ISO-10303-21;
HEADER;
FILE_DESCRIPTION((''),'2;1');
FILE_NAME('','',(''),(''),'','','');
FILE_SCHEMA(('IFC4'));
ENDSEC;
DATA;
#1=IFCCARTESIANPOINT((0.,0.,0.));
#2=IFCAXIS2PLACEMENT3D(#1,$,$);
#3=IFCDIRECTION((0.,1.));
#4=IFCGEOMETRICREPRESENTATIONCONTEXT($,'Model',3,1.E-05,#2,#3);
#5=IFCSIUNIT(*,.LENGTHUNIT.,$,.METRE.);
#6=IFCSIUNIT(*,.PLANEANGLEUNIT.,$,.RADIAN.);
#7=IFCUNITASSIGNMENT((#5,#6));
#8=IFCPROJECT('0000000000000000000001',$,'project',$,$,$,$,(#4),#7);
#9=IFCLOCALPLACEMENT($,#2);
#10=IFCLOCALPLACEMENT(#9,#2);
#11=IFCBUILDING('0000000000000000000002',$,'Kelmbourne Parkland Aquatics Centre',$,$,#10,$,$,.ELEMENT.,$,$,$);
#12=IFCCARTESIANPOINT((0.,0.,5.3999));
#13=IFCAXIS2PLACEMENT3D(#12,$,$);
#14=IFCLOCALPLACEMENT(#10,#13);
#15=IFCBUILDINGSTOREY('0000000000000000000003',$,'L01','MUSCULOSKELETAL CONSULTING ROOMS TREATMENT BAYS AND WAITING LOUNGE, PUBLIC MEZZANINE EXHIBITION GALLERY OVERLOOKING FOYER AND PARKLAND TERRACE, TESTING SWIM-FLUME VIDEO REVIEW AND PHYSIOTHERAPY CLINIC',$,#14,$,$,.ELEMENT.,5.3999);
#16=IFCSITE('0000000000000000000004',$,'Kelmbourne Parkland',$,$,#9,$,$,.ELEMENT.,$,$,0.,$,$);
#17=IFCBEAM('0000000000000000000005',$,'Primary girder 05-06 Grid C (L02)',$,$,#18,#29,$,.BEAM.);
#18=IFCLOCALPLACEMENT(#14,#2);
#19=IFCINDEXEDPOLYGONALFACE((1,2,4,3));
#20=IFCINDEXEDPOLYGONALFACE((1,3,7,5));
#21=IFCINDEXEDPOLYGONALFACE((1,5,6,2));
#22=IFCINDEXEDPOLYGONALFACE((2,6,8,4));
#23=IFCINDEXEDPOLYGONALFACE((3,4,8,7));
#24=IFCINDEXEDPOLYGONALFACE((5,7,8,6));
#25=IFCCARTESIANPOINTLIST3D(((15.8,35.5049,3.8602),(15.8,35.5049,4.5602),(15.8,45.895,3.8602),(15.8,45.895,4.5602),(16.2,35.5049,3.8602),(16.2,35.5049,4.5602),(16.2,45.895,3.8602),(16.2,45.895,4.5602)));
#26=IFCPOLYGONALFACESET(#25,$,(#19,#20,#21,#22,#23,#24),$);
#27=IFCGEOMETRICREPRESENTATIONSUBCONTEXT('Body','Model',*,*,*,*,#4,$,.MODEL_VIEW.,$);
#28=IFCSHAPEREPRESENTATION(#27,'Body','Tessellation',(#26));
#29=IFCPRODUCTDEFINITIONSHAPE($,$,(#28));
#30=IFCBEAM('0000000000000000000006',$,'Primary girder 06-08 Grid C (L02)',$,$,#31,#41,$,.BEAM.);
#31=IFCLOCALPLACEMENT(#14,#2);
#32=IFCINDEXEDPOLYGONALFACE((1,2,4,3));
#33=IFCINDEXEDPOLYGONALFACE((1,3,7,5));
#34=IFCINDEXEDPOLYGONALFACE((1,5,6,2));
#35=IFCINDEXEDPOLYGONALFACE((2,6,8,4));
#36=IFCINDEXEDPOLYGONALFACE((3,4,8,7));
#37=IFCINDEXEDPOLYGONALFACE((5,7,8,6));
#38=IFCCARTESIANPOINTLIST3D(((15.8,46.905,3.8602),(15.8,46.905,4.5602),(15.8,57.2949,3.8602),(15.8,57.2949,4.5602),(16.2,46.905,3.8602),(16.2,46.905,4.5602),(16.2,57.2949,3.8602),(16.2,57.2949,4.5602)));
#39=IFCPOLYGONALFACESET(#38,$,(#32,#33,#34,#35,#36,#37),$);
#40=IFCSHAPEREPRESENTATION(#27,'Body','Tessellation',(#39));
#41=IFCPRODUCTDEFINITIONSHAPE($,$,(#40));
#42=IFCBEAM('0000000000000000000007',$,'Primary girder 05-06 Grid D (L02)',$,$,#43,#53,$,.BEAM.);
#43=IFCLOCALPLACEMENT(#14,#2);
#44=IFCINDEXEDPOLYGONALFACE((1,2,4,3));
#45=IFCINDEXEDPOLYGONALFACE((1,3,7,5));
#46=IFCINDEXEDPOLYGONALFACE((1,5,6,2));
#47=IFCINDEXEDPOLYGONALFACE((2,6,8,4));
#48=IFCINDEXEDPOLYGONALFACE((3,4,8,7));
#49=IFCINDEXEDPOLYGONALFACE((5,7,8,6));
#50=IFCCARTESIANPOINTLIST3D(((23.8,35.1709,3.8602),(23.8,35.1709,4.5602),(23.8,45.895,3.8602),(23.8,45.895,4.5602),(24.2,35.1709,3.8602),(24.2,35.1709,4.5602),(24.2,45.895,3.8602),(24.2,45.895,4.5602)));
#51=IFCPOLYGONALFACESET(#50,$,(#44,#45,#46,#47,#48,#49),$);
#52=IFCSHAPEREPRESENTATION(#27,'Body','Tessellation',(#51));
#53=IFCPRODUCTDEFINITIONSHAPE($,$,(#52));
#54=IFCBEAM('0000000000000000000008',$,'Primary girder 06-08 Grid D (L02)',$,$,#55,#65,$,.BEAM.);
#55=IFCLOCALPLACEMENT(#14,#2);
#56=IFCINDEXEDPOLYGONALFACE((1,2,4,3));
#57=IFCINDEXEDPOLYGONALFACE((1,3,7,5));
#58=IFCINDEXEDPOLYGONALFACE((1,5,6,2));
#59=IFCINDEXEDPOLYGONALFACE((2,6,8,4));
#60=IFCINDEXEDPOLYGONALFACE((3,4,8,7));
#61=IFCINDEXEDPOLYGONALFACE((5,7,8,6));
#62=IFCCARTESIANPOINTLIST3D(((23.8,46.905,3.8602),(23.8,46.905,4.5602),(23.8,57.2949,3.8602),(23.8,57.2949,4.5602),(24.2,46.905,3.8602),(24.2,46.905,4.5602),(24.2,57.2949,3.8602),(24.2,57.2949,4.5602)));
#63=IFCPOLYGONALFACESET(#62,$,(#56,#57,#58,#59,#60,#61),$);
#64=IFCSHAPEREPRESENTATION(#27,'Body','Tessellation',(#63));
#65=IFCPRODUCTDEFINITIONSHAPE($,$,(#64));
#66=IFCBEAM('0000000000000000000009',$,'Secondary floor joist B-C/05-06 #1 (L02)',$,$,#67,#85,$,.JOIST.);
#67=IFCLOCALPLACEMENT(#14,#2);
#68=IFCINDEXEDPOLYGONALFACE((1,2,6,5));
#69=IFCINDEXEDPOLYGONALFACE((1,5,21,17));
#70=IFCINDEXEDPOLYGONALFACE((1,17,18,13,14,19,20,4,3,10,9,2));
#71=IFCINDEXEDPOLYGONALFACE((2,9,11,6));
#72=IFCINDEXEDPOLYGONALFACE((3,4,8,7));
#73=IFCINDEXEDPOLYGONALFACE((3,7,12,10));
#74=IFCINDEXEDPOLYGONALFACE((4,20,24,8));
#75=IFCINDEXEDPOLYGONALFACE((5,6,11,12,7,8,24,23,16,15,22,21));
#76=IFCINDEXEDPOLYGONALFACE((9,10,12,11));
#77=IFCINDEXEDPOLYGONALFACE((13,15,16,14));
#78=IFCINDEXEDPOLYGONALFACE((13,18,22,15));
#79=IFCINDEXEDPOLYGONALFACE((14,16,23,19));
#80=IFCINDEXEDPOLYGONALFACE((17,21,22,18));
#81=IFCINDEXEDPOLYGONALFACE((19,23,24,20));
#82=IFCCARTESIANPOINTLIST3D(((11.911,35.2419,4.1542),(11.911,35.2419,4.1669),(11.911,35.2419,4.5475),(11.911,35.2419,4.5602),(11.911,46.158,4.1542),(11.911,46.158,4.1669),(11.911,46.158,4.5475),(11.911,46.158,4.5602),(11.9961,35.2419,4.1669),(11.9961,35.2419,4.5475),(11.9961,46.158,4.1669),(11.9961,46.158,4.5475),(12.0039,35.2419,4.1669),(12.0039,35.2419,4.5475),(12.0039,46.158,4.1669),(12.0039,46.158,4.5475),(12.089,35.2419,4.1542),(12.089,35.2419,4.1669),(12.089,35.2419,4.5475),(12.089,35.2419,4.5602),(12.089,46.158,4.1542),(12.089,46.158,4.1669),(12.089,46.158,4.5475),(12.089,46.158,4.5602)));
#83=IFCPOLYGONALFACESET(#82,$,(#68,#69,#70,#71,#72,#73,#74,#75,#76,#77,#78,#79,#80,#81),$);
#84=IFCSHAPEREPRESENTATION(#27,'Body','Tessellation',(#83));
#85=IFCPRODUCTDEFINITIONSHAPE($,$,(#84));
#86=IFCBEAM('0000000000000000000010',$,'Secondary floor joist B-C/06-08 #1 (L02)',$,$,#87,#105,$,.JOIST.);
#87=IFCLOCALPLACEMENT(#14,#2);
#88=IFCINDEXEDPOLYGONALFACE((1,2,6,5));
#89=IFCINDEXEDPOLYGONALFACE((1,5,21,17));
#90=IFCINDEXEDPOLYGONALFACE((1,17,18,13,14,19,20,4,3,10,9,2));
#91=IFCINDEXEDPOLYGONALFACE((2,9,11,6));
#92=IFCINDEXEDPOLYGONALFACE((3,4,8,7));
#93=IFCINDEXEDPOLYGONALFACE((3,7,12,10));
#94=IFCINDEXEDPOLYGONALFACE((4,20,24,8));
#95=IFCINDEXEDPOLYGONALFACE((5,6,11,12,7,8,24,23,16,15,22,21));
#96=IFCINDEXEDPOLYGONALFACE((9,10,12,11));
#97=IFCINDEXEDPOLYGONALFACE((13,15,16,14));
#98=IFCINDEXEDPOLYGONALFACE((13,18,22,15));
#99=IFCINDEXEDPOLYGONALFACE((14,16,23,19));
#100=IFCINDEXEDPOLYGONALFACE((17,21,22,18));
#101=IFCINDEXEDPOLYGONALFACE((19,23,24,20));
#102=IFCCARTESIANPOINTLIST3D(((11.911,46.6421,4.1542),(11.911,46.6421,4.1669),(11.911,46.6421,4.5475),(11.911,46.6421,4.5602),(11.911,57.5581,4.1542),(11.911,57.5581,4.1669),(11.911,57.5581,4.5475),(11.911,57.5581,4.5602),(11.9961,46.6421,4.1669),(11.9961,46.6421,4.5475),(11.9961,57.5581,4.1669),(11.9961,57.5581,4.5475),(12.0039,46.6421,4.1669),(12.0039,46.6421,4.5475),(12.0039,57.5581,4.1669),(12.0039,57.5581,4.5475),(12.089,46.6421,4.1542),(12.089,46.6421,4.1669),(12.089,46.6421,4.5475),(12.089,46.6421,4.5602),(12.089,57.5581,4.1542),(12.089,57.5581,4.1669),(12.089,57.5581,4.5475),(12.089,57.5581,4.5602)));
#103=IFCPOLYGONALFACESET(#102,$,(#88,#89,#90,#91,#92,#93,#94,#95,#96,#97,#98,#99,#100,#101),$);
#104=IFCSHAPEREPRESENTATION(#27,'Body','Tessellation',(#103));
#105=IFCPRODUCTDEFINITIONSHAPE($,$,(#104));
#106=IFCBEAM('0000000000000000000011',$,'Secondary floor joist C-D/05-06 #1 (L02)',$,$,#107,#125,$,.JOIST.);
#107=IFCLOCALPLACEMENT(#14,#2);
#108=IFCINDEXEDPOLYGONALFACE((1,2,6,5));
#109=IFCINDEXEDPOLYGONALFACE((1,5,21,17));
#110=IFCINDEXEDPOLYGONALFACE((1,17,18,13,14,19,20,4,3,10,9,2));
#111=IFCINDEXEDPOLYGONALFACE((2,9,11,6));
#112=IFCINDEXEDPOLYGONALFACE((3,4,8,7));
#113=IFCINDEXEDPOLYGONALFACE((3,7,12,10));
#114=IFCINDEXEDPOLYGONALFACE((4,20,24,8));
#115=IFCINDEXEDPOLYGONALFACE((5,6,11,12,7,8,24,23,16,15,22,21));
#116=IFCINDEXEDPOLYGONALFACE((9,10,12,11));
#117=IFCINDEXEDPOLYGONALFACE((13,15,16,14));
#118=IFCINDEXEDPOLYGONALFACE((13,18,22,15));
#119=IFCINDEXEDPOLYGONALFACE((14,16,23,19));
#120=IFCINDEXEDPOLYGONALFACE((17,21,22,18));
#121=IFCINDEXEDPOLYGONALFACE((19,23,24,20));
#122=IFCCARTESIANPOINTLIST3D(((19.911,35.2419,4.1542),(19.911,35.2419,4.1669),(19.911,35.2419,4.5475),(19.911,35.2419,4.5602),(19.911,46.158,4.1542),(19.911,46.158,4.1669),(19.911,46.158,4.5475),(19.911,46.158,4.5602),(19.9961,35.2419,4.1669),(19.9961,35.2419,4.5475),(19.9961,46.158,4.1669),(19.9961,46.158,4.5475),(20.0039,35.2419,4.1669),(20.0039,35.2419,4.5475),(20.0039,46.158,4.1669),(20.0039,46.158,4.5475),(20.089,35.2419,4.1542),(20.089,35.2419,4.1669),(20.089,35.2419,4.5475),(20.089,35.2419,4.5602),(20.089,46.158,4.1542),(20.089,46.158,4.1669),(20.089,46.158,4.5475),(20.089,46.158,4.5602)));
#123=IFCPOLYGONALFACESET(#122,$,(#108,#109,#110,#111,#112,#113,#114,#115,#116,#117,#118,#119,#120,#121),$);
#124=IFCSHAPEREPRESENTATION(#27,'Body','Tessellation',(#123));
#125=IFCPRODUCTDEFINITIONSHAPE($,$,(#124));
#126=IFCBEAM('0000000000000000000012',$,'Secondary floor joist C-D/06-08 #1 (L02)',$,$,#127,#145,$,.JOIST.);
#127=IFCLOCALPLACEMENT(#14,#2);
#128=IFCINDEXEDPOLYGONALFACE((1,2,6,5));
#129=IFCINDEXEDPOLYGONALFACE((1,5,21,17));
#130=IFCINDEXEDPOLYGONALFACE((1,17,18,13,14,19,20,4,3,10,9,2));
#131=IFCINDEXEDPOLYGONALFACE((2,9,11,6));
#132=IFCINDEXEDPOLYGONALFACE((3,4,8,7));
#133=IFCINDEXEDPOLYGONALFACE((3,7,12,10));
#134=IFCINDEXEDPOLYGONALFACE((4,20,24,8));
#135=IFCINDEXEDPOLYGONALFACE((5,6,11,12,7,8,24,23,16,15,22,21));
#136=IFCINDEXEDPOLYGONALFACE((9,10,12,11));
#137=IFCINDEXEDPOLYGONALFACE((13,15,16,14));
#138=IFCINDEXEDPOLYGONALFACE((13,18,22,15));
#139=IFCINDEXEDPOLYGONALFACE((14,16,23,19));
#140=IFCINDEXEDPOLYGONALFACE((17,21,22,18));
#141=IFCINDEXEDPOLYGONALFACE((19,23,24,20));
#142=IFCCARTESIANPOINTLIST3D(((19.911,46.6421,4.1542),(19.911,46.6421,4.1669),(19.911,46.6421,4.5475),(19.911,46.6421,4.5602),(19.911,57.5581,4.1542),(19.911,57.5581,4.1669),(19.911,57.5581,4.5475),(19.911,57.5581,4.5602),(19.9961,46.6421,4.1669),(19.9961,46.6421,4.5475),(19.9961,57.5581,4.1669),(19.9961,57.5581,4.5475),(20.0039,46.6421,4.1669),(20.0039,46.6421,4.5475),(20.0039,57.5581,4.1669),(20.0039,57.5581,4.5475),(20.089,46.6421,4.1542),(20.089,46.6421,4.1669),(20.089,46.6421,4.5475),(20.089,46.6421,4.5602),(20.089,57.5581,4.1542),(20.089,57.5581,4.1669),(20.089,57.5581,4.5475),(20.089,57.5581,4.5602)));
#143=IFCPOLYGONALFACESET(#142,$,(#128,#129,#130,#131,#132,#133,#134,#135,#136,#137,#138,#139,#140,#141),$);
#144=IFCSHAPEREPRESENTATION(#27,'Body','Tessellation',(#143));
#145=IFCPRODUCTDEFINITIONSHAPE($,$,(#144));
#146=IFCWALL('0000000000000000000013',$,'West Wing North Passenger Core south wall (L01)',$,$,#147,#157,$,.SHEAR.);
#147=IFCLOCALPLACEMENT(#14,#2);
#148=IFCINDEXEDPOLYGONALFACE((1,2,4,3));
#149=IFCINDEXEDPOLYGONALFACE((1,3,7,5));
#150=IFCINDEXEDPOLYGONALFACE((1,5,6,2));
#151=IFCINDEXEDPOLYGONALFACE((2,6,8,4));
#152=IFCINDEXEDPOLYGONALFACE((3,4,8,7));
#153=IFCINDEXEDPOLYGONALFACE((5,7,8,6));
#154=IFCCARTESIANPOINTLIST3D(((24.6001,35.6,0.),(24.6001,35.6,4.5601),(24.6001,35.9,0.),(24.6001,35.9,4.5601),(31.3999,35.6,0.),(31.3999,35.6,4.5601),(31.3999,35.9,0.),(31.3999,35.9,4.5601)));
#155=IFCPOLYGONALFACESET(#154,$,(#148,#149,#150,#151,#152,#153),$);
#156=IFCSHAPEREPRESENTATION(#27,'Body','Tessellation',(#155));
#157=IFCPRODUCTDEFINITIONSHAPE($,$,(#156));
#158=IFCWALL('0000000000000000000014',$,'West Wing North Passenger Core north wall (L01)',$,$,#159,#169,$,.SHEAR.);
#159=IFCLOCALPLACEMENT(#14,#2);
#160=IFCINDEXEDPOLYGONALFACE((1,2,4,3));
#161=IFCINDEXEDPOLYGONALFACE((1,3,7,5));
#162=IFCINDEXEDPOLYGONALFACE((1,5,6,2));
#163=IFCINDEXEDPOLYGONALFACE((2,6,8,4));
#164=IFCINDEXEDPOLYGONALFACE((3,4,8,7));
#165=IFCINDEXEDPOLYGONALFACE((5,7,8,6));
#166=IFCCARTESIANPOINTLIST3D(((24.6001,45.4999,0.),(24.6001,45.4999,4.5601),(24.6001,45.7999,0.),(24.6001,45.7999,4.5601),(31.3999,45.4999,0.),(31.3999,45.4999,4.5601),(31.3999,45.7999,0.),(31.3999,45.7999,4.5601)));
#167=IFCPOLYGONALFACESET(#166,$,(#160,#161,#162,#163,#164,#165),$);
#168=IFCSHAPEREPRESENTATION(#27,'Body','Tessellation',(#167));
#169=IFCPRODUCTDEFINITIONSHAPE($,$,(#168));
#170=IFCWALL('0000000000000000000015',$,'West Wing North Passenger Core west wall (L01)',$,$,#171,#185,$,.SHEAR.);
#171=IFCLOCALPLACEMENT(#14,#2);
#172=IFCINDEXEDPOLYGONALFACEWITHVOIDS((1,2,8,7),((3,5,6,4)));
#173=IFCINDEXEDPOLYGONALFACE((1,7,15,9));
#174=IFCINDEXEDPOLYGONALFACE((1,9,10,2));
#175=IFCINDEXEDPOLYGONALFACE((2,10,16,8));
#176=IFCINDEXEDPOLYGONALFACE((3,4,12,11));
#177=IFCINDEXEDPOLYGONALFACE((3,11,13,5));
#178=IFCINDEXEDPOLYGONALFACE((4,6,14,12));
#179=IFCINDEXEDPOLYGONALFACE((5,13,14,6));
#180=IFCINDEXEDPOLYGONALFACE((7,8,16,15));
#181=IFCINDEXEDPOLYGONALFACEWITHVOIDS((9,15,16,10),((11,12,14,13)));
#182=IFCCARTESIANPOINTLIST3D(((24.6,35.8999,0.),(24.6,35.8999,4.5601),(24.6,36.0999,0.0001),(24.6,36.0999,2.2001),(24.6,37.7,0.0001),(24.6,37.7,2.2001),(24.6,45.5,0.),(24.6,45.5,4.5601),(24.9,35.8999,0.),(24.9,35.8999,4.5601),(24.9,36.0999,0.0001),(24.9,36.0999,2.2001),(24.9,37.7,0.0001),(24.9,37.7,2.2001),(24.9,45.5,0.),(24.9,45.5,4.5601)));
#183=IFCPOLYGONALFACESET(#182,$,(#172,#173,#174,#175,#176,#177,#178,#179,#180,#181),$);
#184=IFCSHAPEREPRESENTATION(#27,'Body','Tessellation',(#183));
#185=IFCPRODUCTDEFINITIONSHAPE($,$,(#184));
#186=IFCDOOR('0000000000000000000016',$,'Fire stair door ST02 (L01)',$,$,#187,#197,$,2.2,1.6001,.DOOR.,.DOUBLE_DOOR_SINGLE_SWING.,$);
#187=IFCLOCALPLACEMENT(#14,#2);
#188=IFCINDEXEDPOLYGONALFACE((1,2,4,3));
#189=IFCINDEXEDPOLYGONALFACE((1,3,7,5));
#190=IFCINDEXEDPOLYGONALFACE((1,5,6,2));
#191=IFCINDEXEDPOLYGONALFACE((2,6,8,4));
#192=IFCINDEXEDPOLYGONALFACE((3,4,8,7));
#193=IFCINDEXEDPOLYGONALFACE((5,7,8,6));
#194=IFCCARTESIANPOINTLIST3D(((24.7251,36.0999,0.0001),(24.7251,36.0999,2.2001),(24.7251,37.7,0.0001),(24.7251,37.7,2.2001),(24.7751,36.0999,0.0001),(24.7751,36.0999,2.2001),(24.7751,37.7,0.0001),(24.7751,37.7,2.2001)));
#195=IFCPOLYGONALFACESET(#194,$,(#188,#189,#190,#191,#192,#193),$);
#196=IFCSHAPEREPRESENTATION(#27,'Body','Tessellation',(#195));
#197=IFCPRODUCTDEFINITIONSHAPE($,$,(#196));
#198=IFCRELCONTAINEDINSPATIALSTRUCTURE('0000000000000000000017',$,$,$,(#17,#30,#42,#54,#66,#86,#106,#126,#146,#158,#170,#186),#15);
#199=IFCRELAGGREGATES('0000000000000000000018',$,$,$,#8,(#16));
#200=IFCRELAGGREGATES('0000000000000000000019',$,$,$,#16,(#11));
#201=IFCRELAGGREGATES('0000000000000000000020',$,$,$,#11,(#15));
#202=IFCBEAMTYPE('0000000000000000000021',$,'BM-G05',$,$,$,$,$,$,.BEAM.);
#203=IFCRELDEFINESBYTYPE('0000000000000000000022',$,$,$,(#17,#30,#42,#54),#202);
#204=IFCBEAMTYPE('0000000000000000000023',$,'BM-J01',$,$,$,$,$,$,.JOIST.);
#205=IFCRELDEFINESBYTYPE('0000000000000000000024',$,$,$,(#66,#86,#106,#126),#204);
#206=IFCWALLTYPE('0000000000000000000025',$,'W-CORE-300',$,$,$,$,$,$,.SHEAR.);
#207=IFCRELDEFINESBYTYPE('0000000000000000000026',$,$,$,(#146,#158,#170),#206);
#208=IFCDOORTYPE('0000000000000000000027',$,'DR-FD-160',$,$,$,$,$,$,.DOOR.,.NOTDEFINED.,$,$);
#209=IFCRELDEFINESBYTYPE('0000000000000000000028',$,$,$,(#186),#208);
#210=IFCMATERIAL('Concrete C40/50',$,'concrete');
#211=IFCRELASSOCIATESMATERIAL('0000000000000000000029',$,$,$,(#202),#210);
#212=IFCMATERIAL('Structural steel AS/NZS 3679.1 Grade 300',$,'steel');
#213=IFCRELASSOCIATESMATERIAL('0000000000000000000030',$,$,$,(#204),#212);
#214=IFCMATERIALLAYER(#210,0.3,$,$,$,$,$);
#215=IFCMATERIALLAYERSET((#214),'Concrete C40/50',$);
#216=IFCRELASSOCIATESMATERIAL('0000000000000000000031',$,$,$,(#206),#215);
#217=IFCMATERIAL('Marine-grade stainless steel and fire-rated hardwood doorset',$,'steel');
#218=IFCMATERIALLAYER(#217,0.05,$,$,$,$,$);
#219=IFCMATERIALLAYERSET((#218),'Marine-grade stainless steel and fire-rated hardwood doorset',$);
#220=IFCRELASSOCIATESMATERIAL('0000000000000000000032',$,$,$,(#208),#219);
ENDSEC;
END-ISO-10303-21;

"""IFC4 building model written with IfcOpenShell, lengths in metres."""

from ifc_helpers import new_model, si_unit, direction, frame, frame_2d, origin, origin_2d, place, context, subcontext, project, spatial, rectangle, i_section, extrude, material, layer, layer_set, material_profile, profile_set, type_object, element, fill, save


model = new_model("IFC4")

# Units and contexts
model_context = context("Model", 3, precision=1e-05, world=origin(), true_north=direction((0.0, 1.0)))
body_context = subcontext(model_context, "Body", "Model", "MODEL_VIEW")
ifc_project = project(units=[si_unit("LENGTHUNIT", "METRE"), si_unit("PLANEANGLEUNIT", "RADIAN")], contexts=[model_context])

# Site, building, storey
site_placement = place(None, origin())
site = spatial("IfcSite", under=ifc_project, at=site_placement, Name="Kelmbourne Parkland", CompositionType="ELEMENT", RefElevation=0.0)
building_placement = place(site_placement, origin())
building = spatial("IfcBuilding", under=site, at=building_placement, Name="Kelmbourne Parkland Aquatics Centre", CompositionType="ELEMENT")
storey_placement = place(building_placement, frame((0.0, 0.0, 5.3999)))
storey = spatial("IfcBuildingStorey", under=building, at=storey_placement, Name="L01", Description="MUSCULOSKELETAL CONSULTING ROOMS TREATMENT BAYS AND WAITING LOUNGE, PUBLIC MEZZANINE EXHIBITION GALLERY OVERLOOKING FOYER AND PARKLAND TERRACE, TESTING SWIM-FLUME VIDEO REVIEW AND PHYSIOTHERAPY CLINIC", CompositionType="ELEMENT", Elevation=5.3999)

# Shared definitions
ifc_material_1 = material(Name="Concrete C40/50", Category="concrete")

# Beams
ifc_material_profile_1 = material_profile(ifc_material_1, rectangle(XDim=0.3999, YDim=0.7, at=origin_2d()), Name="RC 400x700")
ifc_profile_set_1 = profile_set([ifc_material_profile_1], Name="Concrete C40/50")
beam_type_1 = type_object("IfcBeamType", Name="BM-G05", PredefinedType="BEAM", material=ifc_profile_set_1)
beam_1_placement = place(storey_placement, frame((16.0, 35.5049, 4.2102), z_axis=(0.0, 1.0, 0.0), x_axis=(-1.0, 0.0, 0.0)))
element("IfcBeam", 1, at=beam_1_placement, inside=storey, type_object=beam_type_1, Name="Primary girder 05-06 Grid C (L02)", PredefinedType="BEAM", context=body_context, shape_type="SweptSolid", body=[
    extrude(rectangle(XDim=0.3999, YDim=0.7, at=origin_2d()), origin(), (0.0, 0.0, 1.0), 10.3901),
])
beam_2_placement = place(storey_placement, frame((16.0, 46.905, 4.2102), z_axis=(0.0, 1.0, 0.0), x_axis=(-1.0, 0.0, 0.0)))
element("IfcBeam", 2, at=beam_2_placement, inside=storey, type_object=beam_type_1, Name="Primary girder 06-08 Grid C (L02)", PredefinedType="BEAM", context=body_context, shape_type="SweptSolid", body=[
    extrude(rectangle(XDim=0.3999, YDim=0.7, at=origin_2d()), origin(), (0.0, 0.0, 1.0), 10.3899),
])
beam_3_placement = place(storey_placement, frame((24.0, 35.1709, 4.2102), z_axis=(0.0, 1.0, 0.0), x_axis=(-1.0, 0.0, 0.0)))
element("IfcBeam", 3, at=beam_3_placement, inside=storey, type_object=beam_type_1, Name="Primary girder 05-06 Grid D (L02)", PredefinedType="BEAM", context=body_context, shape_type="SweptSolid", body=[
    extrude(rectangle(XDim=0.3999, YDim=0.7, at=origin_2d()), origin(), (0.0, 0.0, 1.0), 10.7241),
])
beam_4_placement = place(storey_placement, frame((24.0, 46.905, 4.2102), z_axis=(0.0, 1.0, 0.0), x_axis=(-1.0, 0.0, 0.0)))
element("IfcBeam", 4, at=beam_4_placement, inside=storey, type_object=beam_type_1, Name="Primary girder 06-08 Grid D (L02)", PredefinedType="BEAM", context=body_context, shape_type="SweptSolid", body=[
    extrude(rectangle(XDim=0.3999, YDim=0.7, at=origin_2d()), origin(), (0.0, 0.0, 1.0), 10.3899),
])
ifc_material_2 = material(Name="Structural steel AS/NZS 3679.1 Grade 300", Category="steel")
ifc_material_profile_2 = material_profile(ifc_material_2, i_section(OverallWidth=0.178, OverallDepth=0.406, WebThickness=0.0078, FlangeThickness=0.0127, at=origin_2d()), Name="410UB59.7")
ifc_profile_set_2 = profile_set([ifc_material_profile_2], Name="Structural steel AS/NZS 3679.1 Grade 300")
beam_type_2 = type_object("IfcBeamType", Name="BM-J01", PredefinedType="JOIST", material=ifc_profile_set_2)
for number, where, z_axis, x_axis, name in (
    (5, (12.0, 35.2419, 4.3572), (0.0, 1.0, 0.0), (-1.0, 0.0, 0.0), "Secondary floor joist B-C/05-06 #1 (L02)"),
    (6, (12.0, 46.6421, 4.3572), (0.0, 1.0, 0.0), (-1.0, 0.0, 0.0), "Secondary floor joist B-C/06-08 #1 (L02)"),
    (7, (20.0, 35.2419, 4.3572), (0.0, 1.0, 0.0), (-1.0, 0.0, 0.0), "Secondary floor joist C-D/05-06 #1 (L02)"),
    (8, (20.0, 46.6421, 4.3572), (0.0, 1.0, 0.0), (-1.0, 0.0, 0.0), "Secondary floor joist C-D/06-08 #1 (L02)"),
):
    element("IfcBeam", number, at=place(storey_placement, frame(where, z_axis=z_axis, x_axis=x_axis)), inside=storey, type_object=beam_type_2, Name=name, PredefinedType="JOIST", context=body_context, shape_type="SweptSolid", body=[
        extrude(i_section(OverallWidth=0.178, OverallDepth=0.406, WebThickness=0.0078, FlangeThickness=0.0127, at=origin_2d()), origin(), (0.0, 0.0, 1.0), 10.916),
    ])

# Walls
ifc_layer_1 = layer(ifc_material_1, 0.3)
ifc_layer_set_1 = layer_set([ifc_layer_1], Name="Concrete C40/50")
wall_type_1 = type_object("IfcWallType", Name="W-CORE-300", PredefinedType="SHEAR", material=ifc_layer_set_1)
for number, where, z_axis, x_axis, name in (
    (9, (24.6001, 35.75, 0.0), (0.0, 0.0, 1.0), (1.0, 0.0, 0.0), "West Wing North Passenger Core south wall (L01)"),
    (10, (24.6001, 45.6499, 0.0), (0.0, 0.0, 1.0), (1.0, 0.0, 0.0), "West Wing North Passenger Core north wall (L01)"),
):
    element("IfcWall", number, at=place(storey_placement, frame(where, z_axis=z_axis, x_axis=x_axis)), inside=storey, type_object=wall_type_1, Name=name, PredefinedType="SHEAR", context=body_context, shape_type="SweptSolid", body=[
        extrude(rectangle(XDim=6.7998, YDim=0.3, at=frame_2d((3.3999, 0.0))), origin(), (0.0, 0.0, 1.0), 4.5601),
    ])

# Wall, opening, door
wall_1_placement = place(storey_placement, frame((24.75, 35.8999, 0.0), z_axis=(0.0, 0.0, 1.0), x_axis=(0.0, 1.0, 0.0)))
wall_1 = element("IfcWall", 11, at=wall_1_placement, inside=storey, type_object=wall_type_1, Name="West Wing North Passenger Core west wall (L01)", PredefinedType="SHEAR", context=body_context, shape_type="SweptSolid", body=[
    extrude(rectangle(XDim=9.6001, YDim=0.3, at=frame_2d((4.8, 0.0))), origin(), (0.0, 0.0, 1.0), 4.5601),
])
opening_1_placement = place(wall_1_placement, frame((0.2, 0.0, 0.0)))
opening_1 = element("IfcOpeningElement", 12, at=opening_1_placement, cuts=wall_1, PredefinedType="OPENING", context=body_context, shape_type="SweptSolid", body=[
    extrude(rectangle(XDim=1.6001, YDim=2.2, at=frame_2d((0.8, 1.1001))), frame((0.0, 0.1621, 0.0), z_axis=(0.0, -1.0, 0.0), x_axis=(1.0, 0.0, 0.0)), (0.0, 0.0, 1.0), 0.324),
])
ifc_material_3 = material(Name="Marine-grade stainless steel and fire-rated hardwood doorset", Category="steel")
ifc_layer_2 = layer(ifc_material_3, 0.05)
ifc_layer_set_2 = layer_set([ifc_layer_2], Name="Marine-grade stainless steel and fire-rated hardwood doorset")
door_type_1 = type_object("IfcDoorType", Name="DR-FD-160", OperationType="NOTDEFINED", PredefinedType="DOOR", material=ifc_layer_set_2)
door_1_placement = place(opening_1_placement, origin())
door_1 = element("IfcDoor", 13, at=door_1_placement, inside=storey, type_object=door_type_1, Name="Fire stair door ST02 (L01)", OperationType="DOUBLE_DOOR_SINGLE_SWING", OverallHeight=2.2, OverallWidth=1.6001, PredefinedType="DOOR", context=body_context, shape_type="SweptSolid", body=[
    extrude(rectangle(XDim=1.6001, YDim=2.2, at=frame_2d((0.8, 1.1001))), frame((0.0, 0.0249, 0.0), z_axis=(0.0, -1.0, 0.0), x_axis=(1.0, 0.0, 0.0)), (0.0, 0.0, 1.0), 0.05),
])
fill(opening_1, door_1)

save(model, "model.ifc")
